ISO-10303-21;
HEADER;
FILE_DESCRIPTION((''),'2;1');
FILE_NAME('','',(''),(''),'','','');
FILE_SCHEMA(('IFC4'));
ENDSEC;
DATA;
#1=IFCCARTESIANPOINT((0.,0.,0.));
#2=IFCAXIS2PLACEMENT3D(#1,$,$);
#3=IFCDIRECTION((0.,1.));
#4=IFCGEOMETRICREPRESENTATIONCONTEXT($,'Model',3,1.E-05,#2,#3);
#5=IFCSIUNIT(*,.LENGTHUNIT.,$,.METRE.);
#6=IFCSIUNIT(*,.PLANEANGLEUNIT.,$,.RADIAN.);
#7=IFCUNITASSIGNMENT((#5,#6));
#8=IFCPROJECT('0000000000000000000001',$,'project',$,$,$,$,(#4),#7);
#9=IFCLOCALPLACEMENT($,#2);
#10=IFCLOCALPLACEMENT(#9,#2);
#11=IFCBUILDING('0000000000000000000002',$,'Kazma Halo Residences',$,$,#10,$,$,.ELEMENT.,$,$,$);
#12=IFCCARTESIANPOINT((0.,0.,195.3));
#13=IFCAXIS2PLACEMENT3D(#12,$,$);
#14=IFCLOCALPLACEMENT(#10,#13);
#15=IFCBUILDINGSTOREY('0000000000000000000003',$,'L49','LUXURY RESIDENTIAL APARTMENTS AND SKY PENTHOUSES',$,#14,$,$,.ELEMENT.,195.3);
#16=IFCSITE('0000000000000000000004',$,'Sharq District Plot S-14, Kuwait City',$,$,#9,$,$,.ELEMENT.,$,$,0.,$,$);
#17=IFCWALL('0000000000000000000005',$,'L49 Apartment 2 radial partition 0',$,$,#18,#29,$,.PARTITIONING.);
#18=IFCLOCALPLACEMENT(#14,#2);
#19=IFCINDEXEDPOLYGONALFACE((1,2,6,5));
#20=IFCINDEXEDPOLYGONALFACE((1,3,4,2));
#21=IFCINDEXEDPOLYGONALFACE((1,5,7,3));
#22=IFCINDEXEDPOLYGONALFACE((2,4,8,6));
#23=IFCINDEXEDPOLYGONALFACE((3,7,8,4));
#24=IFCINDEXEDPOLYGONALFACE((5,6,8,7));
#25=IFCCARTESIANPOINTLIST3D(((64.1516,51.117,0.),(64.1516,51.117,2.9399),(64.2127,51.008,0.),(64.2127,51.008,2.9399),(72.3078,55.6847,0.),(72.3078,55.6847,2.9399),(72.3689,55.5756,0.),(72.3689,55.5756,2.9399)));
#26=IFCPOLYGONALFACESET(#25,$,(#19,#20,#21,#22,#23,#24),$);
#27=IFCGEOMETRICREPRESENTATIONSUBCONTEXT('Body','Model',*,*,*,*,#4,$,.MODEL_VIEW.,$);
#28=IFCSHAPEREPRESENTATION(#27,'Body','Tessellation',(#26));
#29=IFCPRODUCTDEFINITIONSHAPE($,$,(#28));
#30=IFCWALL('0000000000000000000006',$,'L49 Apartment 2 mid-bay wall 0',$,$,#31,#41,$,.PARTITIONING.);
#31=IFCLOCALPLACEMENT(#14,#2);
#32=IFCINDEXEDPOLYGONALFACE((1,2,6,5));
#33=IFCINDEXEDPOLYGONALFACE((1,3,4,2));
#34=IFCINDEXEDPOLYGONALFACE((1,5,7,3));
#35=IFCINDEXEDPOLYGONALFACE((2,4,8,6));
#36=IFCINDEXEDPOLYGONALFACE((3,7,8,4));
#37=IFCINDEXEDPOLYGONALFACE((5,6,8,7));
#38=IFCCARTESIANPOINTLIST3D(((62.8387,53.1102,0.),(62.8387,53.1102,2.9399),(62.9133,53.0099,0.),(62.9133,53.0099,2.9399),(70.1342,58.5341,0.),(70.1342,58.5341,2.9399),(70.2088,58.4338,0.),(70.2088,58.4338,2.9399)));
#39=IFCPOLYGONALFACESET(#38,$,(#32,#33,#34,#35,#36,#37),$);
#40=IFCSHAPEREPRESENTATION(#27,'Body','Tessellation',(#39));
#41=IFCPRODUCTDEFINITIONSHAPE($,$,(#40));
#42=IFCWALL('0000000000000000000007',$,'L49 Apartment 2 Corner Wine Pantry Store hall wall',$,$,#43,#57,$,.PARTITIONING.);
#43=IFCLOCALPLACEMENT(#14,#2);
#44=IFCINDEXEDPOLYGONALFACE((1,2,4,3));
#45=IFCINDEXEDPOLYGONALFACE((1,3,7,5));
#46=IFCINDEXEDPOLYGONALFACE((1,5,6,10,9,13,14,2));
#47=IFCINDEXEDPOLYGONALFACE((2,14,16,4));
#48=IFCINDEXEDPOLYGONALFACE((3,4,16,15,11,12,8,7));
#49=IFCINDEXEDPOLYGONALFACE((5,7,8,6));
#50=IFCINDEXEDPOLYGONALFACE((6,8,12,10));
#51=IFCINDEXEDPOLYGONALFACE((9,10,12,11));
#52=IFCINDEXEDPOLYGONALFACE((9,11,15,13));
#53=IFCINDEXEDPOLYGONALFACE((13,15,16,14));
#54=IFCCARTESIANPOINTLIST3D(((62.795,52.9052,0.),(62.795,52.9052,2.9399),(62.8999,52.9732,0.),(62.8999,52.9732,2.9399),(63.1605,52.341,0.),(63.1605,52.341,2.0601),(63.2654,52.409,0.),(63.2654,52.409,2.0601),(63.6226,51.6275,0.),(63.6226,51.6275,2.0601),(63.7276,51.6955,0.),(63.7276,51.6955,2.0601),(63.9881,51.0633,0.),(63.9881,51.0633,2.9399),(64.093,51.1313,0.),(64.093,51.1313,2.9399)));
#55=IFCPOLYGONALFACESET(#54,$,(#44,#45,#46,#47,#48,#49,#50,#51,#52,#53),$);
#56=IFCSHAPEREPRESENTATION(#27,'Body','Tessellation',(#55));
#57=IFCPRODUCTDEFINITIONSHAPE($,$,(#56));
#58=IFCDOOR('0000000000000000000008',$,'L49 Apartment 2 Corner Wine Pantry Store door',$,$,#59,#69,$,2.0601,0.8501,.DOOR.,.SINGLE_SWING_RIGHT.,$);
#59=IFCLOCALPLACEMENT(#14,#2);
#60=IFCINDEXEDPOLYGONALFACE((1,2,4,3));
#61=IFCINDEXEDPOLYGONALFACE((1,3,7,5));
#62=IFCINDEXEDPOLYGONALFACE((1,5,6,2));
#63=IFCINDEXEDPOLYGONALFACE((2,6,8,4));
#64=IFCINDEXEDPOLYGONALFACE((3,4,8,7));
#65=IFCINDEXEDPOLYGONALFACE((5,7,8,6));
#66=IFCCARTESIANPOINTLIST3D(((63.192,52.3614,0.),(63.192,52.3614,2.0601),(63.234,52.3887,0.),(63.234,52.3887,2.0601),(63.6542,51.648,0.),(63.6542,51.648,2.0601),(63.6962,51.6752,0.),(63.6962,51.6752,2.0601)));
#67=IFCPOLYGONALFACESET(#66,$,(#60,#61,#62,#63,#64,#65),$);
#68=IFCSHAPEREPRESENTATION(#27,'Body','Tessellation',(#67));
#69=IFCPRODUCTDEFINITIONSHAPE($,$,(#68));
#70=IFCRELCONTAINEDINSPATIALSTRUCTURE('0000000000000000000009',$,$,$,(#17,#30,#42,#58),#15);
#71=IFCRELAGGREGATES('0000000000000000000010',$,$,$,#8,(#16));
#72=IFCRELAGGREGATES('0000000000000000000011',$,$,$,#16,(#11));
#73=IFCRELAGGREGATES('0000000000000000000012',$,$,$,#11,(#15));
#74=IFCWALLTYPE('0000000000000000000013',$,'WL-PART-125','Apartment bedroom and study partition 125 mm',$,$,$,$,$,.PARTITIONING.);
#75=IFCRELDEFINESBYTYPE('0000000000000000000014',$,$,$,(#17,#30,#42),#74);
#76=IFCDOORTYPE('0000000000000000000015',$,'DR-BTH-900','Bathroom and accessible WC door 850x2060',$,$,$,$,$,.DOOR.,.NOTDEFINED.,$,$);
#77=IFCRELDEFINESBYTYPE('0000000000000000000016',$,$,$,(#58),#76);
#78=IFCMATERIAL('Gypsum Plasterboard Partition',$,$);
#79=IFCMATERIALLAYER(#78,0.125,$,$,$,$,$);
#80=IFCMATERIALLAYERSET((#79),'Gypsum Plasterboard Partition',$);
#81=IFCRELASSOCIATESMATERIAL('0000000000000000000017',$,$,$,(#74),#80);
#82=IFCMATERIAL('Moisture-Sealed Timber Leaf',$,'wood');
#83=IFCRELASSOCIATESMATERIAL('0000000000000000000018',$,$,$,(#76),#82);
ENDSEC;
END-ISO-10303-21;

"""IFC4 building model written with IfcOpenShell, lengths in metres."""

from ifc_helpers import new_model, si_unit, direction, frame, frame_2d, origin, place, context, subcontext, project, spatial, rectangle, extrude, material, layer, layer_set, type_object, element, fill, save


model = new_model("IFC4")

# Units and contexts
model_context = context("Model", 3, precision=1e-05, world=origin(), true_north=direction((0.0, 1.0)))
body_context = subcontext(model_context, "Body", "Model", "MODEL_VIEW")
ifc_project = project(units=[si_unit("LENGTHUNIT", "METRE"), si_unit("PLANEANGLEUNIT", "RADIAN")], contexts=[model_context])

# Site, building, storey
site_placement = place(None, origin())
site = spatial("IfcSite", under=ifc_project, at=site_placement, Name="Sharq District Plot S-14, Kuwait City", CompositionType="ELEMENT", RefElevation=0.0)
building_placement = place(site_placement, origin())
building = spatial("IfcBuilding", under=site, at=building_placement, Name="Kazma Halo Residences", CompositionType="ELEMENT")
storey_placement = place(building_placement, frame((0.0, 0.0, 195.3)))
storey = spatial("IfcBuildingStorey", under=building, at=storey_placement, Name="L49", Description="LUXURY RESIDENTIAL APARTMENTS AND SKY PENTHOUSES", CompositionType="ELEMENT", Elevation=195.3)

# Shared definitions
ifc_material_1 = material(Name="Gypsum Plasterboard Partition")
ifc_layer_1 = layer(ifc_material_1, 0.125)
ifc_layer_set_1 = layer_set([ifc_layer_1], Name="Gypsum Plasterboard Partition")
wall_type_1 = type_object("IfcWallType", Name="WL-PART-125", Description="Apartment bedroom and study partition 125 mm", PredefinedType="PARTITIONING", material=ifc_layer_set_1)

# Shared definitions
ifc_material_2 = material(Name="Moisture-Sealed Timber Leaf", Category="wood")
door_type = type_object("IfcDoorType", Name="DR-BTH-900", Description="Bathroom and accessible WC door 850x2060", OperationType="NOTDEFINED", PredefinedType="DOOR", material=ifc_material_2)

# Walls
wall_1_placement = place(storey_placement, frame((64.1821, 51.0625, 0.0), z_axis=(0.0, 0.0, 1.0), x_axis=(0.8725, 0.488614, 0.0)))
element("IfcWall", 1, at=wall_1_placement, inside=storey, type_object=wall_type_1, Name="L49 Apartment 2 radial partition 0", PredefinedType="PARTITIONING", context=body_context, shape_type="SweptSolid", body=[
    extrude(rectangle(XDim=9.3481, YDim=0.125, at=frame_2d((4.6741, 0.0))), origin(), (0.0, 0.0, 1.0), 2.9399),
])
wall_2_placement = place(storey_placement, frame((62.876, 53.0601, 0.0), z_axis=(0.0, 0.0, 1.0), x_axis=(0.802513, 0.596634, 0.0)))
element("IfcWall", 2, at=wall_2_placement, inside=storey, type_object=wall_type_1, Name="L49 Apartment 2 mid-bay wall 0", PredefinedType="PARTITIONING", context=body_context, shape_type="SweptSolid", body=[
    extrude(rectangle(XDim=9.0908, YDim=0.125, at=frame_2d((4.5454, 0.0))), origin(), (0.0, 0.0, 1.0), 2.9399),
])

# Wall, opening, door
wall_3_placement = place(storey_placement, frame((64.0405, 51.0974, 0.0), z_axis=(0.0, 0.0, 1.0), x_axis=(-0.543689, 0.839286, 0.0)))
wall_3 = element("IfcWall", 3, at=wall_3_placement, inside=storey, type_object=wall_type_1, Name="L49 Apartment 2 Corner Wine Pantry Store hall wall", PredefinedType="PARTITIONING", context=body_context, shape_type="SweptSolid", body=[
    extrude(rectangle(XDim=2.1946, YDim=0.125, at=frame_2d((1.0972, 0.0))), origin(), (0.0, 0.0, 1.0), 2.9399),
])
opening_1_placement = place(wall_3_placement, frame((0.6721, 0.0, 0.0)))
opening_1 = element("IfcOpeningElement", 4, at=opening_1_placement, cuts=wall_3, PredefinedType="OPENING", context=body_context, shape_type="SweptSolid", body=[
    extrude(rectangle(XDim=0.8501, YDim=2.0601, at=frame_2d((0.425, 1.03))), frame((0.0, 0.0725, 0.0), z_axis=(0.0, -1.0, 0.0), x_axis=(1.0, 0.0, 0.0)), (0.0, 0.0, 1.0), 0.145),
])
door_1_placement = place(opening_1_placement, origin())
door_1 = element("IfcDoor", 5, at=door_1_placement, inside=storey, type_object=door_type, Name="L49 Apartment 2 Corner Wine Pantry Store door", OperationType="SINGLE_SWING_RIGHT", OverallHeight=2.0601, OverallWidth=0.8501, PredefinedType="DOOR", context=body_context, shape_type="SweptSolid", body=[
    extrude(rectangle(XDim=0.8501, YDim=2.0601, at=frame_2d((0.425, 1.03))), frame((0.0, 0.0249, 0.0), z_axis=(0.0, -1.0, 0.0), x_axis=(1.0, 0.0, 0.0)), (0.0, 0.0, 1.0), 0.05),
])
fill(opening_1, door_1)

save(model, "model.ifc")
